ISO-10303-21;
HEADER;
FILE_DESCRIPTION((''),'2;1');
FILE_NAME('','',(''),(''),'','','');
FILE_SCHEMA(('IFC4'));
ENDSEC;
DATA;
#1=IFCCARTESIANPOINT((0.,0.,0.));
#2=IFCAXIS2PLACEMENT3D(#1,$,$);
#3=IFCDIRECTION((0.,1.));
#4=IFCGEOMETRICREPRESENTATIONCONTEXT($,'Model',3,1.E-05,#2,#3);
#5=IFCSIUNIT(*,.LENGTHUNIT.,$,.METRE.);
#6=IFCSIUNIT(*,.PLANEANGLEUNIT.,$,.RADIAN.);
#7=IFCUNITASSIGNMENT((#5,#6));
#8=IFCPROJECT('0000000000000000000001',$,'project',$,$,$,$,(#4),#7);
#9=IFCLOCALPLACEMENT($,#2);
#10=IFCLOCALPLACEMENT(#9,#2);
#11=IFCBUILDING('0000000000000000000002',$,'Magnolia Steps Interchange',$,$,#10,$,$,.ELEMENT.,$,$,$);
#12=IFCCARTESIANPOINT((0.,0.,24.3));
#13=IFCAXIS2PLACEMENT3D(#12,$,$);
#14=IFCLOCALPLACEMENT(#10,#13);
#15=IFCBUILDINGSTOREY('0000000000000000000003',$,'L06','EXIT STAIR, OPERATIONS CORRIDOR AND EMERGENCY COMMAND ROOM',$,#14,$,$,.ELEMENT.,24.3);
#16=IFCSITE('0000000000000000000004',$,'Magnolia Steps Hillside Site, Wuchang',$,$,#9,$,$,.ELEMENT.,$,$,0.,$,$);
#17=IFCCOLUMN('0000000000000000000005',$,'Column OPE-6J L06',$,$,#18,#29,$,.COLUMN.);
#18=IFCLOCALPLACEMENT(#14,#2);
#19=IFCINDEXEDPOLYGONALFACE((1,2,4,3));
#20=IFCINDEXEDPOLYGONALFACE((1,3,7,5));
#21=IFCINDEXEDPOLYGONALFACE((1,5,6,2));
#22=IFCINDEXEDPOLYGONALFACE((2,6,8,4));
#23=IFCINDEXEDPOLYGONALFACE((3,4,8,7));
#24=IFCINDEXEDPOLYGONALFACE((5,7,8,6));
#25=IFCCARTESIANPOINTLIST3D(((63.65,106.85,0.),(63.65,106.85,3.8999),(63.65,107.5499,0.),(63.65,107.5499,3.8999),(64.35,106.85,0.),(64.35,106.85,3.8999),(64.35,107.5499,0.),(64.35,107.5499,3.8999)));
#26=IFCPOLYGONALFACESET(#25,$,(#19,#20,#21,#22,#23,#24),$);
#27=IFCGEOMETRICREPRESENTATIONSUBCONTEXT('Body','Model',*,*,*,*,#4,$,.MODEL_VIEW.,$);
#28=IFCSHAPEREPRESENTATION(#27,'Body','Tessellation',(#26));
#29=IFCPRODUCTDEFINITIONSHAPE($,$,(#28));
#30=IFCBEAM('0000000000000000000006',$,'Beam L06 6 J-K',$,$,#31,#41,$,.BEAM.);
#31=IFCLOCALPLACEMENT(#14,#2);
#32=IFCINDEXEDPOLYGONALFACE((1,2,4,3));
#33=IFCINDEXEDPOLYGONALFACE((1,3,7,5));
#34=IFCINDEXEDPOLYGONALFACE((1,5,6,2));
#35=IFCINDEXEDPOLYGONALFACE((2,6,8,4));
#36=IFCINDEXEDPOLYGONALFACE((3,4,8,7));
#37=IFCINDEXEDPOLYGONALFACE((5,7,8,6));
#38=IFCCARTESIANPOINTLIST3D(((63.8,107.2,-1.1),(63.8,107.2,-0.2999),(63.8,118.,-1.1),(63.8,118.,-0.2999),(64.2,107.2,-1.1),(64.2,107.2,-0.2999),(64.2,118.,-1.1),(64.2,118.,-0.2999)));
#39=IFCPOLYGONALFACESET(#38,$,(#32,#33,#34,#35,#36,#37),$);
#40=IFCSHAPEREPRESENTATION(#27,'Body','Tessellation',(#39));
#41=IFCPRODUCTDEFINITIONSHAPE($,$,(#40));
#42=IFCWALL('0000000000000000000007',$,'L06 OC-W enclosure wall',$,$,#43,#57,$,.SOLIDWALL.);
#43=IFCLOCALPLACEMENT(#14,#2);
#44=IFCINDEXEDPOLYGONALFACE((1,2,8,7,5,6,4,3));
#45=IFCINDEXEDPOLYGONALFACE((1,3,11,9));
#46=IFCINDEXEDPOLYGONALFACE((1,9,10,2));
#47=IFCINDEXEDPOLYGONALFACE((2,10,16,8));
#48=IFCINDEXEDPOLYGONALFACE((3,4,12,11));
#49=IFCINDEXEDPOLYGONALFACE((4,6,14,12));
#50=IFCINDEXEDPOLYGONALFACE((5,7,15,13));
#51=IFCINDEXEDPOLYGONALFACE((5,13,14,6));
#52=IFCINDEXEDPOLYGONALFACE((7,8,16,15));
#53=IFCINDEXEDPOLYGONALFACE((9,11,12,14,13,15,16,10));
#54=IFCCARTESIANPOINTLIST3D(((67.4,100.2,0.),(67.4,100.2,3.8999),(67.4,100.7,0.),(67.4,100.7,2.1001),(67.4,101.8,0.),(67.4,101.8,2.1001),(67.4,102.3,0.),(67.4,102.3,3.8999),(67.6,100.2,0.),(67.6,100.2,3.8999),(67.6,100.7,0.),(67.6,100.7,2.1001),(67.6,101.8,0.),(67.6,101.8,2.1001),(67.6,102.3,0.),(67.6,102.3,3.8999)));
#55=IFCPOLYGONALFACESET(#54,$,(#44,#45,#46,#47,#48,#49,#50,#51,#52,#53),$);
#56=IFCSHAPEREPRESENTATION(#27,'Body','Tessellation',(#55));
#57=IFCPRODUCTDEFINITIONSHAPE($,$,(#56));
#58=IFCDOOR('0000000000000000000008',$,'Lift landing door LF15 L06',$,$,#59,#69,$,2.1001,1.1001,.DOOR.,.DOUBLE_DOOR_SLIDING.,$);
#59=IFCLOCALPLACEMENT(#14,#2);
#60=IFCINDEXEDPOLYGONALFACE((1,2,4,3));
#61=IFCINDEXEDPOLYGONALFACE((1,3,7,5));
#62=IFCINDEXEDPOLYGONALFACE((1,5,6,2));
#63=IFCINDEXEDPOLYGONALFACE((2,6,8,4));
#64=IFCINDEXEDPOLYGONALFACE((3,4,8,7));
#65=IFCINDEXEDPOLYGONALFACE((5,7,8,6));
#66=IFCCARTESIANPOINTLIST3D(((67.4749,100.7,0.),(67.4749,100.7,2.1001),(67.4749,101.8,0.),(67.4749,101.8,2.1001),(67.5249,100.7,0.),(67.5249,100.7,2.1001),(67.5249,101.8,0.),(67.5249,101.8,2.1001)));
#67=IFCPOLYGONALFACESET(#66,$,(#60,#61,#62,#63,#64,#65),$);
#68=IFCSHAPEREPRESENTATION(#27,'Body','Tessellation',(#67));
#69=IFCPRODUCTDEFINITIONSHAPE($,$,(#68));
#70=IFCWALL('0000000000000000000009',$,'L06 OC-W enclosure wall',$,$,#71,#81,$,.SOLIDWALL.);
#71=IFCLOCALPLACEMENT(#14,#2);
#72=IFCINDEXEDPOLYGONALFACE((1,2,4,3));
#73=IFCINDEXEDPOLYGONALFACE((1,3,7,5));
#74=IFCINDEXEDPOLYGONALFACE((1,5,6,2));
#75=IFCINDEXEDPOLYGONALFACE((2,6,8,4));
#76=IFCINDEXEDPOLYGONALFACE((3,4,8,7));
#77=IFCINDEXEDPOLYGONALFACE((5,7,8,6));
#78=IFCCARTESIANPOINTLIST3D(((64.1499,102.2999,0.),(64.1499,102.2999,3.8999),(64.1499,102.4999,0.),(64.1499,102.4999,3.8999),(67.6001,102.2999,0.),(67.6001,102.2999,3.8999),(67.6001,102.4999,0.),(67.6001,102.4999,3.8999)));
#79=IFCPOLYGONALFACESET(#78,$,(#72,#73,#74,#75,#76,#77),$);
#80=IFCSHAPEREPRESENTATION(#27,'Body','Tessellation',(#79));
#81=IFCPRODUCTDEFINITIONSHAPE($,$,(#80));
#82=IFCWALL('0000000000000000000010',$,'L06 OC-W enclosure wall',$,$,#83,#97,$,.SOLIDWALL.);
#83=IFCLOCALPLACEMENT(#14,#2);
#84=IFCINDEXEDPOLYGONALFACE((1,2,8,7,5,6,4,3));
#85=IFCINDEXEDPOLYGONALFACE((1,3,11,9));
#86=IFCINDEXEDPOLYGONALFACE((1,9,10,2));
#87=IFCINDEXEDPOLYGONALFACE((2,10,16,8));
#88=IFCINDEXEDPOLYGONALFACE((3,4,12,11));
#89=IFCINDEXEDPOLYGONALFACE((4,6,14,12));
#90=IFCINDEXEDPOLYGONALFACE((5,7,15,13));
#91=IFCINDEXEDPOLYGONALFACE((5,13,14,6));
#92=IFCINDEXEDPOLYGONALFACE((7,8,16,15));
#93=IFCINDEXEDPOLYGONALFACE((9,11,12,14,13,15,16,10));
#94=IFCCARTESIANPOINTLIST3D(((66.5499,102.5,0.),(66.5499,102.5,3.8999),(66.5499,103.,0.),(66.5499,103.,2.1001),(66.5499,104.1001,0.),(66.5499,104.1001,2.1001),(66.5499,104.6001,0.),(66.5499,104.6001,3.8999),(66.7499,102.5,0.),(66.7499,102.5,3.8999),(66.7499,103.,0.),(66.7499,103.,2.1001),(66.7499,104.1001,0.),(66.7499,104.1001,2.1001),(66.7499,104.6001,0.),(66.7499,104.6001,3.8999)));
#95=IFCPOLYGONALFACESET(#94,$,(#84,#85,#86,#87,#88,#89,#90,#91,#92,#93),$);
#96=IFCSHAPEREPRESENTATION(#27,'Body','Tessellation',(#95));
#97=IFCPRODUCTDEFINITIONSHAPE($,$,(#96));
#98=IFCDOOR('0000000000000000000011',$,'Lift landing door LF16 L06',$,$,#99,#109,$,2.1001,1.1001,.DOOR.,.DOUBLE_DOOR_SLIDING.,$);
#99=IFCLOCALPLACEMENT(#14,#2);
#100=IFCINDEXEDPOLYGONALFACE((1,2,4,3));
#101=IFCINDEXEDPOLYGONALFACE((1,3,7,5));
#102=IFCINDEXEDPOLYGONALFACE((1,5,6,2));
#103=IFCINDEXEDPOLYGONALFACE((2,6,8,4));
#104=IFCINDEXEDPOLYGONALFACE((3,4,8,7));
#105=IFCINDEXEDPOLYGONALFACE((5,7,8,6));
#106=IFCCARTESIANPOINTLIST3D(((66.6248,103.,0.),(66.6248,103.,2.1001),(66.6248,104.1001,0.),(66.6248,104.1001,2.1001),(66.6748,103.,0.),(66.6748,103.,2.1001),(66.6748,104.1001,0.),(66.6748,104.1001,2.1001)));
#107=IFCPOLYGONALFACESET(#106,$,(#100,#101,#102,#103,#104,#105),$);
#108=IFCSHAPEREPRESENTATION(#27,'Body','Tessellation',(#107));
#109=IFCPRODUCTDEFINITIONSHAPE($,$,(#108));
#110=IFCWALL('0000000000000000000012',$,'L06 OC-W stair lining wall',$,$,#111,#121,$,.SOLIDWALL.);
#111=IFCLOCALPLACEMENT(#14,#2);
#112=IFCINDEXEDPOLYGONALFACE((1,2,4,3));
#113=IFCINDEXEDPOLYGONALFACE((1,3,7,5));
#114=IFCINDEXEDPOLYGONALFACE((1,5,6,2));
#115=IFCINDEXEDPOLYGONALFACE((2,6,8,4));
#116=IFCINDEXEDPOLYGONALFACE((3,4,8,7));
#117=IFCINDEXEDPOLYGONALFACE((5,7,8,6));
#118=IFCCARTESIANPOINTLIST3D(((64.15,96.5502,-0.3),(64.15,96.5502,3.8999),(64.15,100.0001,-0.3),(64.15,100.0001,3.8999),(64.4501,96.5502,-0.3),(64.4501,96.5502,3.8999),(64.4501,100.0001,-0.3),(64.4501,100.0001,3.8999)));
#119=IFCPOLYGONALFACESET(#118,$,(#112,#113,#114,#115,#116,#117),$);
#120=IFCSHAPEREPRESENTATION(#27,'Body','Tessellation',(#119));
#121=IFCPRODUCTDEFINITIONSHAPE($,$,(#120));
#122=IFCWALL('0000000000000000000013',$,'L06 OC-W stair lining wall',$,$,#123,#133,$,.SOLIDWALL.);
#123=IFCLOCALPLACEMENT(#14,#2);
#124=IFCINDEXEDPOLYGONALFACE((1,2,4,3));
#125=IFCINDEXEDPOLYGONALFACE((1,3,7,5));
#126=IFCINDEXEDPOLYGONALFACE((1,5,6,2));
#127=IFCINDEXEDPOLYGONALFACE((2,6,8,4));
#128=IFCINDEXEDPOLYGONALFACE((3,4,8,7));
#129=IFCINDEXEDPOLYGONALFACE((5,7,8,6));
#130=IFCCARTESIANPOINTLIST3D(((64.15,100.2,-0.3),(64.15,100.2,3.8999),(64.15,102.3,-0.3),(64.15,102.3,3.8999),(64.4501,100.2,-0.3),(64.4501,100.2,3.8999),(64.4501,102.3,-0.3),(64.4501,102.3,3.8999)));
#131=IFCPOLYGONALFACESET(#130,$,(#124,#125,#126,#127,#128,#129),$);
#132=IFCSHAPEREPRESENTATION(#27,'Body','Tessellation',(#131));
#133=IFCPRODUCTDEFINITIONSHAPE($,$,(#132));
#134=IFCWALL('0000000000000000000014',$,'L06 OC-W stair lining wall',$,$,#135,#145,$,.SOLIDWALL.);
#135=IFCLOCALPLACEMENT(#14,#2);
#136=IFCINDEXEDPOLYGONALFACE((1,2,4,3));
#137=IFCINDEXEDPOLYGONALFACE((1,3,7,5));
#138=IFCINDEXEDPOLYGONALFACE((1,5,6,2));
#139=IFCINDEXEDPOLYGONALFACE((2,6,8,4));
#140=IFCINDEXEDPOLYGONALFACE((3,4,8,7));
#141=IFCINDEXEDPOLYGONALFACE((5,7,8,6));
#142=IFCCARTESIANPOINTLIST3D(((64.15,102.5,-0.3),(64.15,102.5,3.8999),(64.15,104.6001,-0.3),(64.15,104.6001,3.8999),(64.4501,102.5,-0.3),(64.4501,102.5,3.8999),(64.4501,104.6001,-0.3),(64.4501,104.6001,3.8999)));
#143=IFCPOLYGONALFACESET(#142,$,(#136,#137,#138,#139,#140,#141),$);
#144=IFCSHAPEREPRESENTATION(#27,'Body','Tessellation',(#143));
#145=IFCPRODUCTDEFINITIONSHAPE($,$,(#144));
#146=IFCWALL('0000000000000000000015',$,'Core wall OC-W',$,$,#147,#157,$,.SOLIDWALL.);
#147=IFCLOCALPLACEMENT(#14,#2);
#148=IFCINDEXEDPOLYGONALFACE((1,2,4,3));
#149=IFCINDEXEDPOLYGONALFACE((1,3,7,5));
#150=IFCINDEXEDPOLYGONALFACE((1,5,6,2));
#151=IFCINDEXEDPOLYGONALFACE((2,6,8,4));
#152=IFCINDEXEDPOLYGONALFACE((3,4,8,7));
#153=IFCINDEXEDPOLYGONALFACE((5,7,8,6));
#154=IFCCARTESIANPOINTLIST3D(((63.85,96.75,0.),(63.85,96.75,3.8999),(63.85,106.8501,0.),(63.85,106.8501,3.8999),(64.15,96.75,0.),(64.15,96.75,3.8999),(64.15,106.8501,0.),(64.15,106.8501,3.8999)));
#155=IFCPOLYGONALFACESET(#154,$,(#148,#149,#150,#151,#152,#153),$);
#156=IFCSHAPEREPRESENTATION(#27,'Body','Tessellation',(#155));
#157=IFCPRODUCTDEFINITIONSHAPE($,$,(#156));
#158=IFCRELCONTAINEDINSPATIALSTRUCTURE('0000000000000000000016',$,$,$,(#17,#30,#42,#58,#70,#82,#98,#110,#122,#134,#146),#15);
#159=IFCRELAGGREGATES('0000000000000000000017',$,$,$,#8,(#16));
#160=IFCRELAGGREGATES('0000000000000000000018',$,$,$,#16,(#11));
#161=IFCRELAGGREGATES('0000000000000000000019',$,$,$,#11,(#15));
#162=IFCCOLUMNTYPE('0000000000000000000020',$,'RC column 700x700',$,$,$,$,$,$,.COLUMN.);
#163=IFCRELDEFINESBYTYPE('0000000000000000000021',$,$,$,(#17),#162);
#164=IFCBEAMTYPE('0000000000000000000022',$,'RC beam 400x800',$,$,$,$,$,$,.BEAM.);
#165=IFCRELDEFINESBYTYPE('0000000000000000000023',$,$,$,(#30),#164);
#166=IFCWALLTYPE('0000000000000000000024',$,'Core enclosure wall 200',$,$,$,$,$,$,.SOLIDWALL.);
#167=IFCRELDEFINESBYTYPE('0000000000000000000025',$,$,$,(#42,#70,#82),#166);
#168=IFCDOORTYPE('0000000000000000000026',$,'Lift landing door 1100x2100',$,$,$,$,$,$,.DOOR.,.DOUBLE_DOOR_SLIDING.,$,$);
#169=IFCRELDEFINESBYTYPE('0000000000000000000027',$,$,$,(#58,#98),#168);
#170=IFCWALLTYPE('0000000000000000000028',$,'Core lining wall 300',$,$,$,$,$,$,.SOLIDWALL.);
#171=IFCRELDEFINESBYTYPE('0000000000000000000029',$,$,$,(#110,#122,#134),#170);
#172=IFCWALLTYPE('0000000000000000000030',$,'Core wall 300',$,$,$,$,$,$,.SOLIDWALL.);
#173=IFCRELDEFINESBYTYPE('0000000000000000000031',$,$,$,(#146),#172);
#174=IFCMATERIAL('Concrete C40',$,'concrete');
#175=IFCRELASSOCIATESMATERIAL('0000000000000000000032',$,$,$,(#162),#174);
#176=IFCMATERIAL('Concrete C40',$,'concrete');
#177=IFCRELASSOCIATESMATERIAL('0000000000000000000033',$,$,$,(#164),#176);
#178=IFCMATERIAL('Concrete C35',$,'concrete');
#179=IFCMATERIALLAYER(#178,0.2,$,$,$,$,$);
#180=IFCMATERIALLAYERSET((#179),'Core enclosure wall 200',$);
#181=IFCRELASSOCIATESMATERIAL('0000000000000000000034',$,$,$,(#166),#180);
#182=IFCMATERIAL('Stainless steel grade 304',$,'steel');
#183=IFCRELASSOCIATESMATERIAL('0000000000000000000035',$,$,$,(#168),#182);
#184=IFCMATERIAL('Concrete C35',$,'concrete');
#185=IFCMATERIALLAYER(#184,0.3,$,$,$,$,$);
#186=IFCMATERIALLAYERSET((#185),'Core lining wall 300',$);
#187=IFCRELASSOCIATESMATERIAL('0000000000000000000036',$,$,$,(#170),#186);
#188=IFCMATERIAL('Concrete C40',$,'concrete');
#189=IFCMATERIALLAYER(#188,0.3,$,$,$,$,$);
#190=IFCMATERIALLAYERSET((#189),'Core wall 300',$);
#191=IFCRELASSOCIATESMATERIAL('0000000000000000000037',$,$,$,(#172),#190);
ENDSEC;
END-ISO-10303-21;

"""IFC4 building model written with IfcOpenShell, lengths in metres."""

from ifc_helpers import new_model, si_unit, direction, frame, frame_2d, origin, origin_2d, place, context, subcontext, project, spatial, rectangle, extrude, material, layer, layer_set, material_profile, profile_set, type_object, element, fill, save


model = new_model("IFC4")

# Units and contexts
model_context = context("Model", 3, precision=1e-05, world=origin(), true_north=direction((0.0, 1.0)))
body_context = subcontext(model_context, "Body", "Model", "MODEL_VIEW")
ifc_project = project(units=[si_unit("LENGTHUNIT", "METRE"), si_unit("PLANEANGLEUNIT", "RADIAN")], contexts=[model_context])

# Site, building, storey
site_placement = place(None, origin())
site = spatial("IfcSite", under=ifc_project, at=site_placement, Name="Magnolia Steps Hillside Site, Wuchang", CompositionType="ELEMENT", RefElevation=0.0)
building_placement = place(site_placement, origin())
building = spatial("IfcBuilding", under=site, at=building_placement, Name="Magnolia Steps Interchange", CompositionType="ELEMENT")
storey_placement = place(building_placement, frame((0.0, 0.0, 24.3)))
storey = spatial("IfcBuildingStorey", under=building, at=storey_placement, Name="L06", Description="EXIT STAIR, OPERATIONS CORRIDOR AND EMERGENCY COMMAND ROOM", CompositionType="ELEMENT", Elevation=24.3)

# Column
ifc_material_1 = material(Name="Concrete C40", Category="concrete")
ifc_material_profile_1 = material_profile(ifc_material_1, rectangle(XDim=0.7, YDim=0.7, at=origin_2d()), Name="RC700x700")
ifc_profile_set_1 = profile_set([ifc_material_profile_1], Name="Concrete C40")
column_type = type_object("IfcColumnType", Name="RC column 700x700", PredefinedType="COLUMN", material=ifc_profile_set_1)
column_placement = place(storey_placement, frame((64.0, 107.2, 0.0), z_axis=(0.0, 0.0, 1.0), x_axis=(1.0, 0.0, 0.0)))
element("IfcColumn", 1, at=column_placement, inside=storey, type_object=column_type, Name="Column OPE-6J L06", PredefinedType="COLUMN", context=body_context, shape_type="SweptSolid", body=[
    extrude(rectangle(XDim=0.7, YDim=0.7, at=origin_2d()), origin(), (0.0, 0.0, 1.0), 3.8999),
])

# Beam
ifc_material_2 = material(Name="Concrete C40", Category="concrete")
ifc_material_profile_2 = material_profile(ifc_material_2, rectangle(XDim=0.3999, YDim=0.8, at=origin_2d()), Name="RC400x800")
ifc_profile_set_2 = profile_set([ifc_material_profile_2], Name="Concrete C40")
beam_type = type_object("IfcBeamType", Name="RC beam 400x800", PredefinedType="BEAM", material=ifc_profile_set_2)
beam_placement = place(storey_placement, frame((64.0, 107.2, -0.7), z_axis=(0.0, 1.0, 0.0), x_axis=(-1.0, 0.0, 0.0)))
element("IfcBeam", 2, at=beam_placement, inside=storey, type_object=beam_type, Name="Beam L06 6 J-K", PredefinedType="BEAM", context=body_context, shape_type="SweptSolid", body=[
    extrude(rectangle(XDim=0.3999, YDim=0.8, at=origin_2d()), origin(), (0.0, 0.0, 1.0), 10.8),
])

# Wall, opening, door
ifc_material_3 = material(Name="Concrete C35", Category="concrete")
ifc_layer_1 = layer(ifc_material_3, 0.2)
ifc_layer_set_1 = layer_set([ifc_layer_1], Name="Core enclosure wall 200")
wall_type_1 = type_object("IfcWallType", Name="Core enclosure wall 200", PredefinedType="SOLIDWALL", material=ifc_layer_set_1)
wall_1_placement = place(storey_placement, frame((67.5, 100.2, 0.0), z_axis=(0.0, 0.0, 1.0), x_axis=(0.0, 1.0, 0.0)))
wall_1 = element("IfcWall", 3, at=wall_1_placement, inside=storey, type_object=wall_type_1, Name="L06 OC-W enclosure wall", PredefinedType="SOLIDWALL", context=body_context, shape_type="SweptSolid", body=[
    extrude(rectangle(XDim=2.1001, YDim=0.2, at=frame_2d((1.05, 0.0))), origin(), (0.0, 0.0, 1.0), 3.8999),
])
opening_1_placement = place(wall_1_placement, frame((0.5, 0.0, 0.0)))
opening_1 = element("IfcOpeningElement", 4, at=opening_1_placement, cuts=wall_1, PredefinedType="OPENING", context=body_context, shape_type="SweptSolid", body=[
    extrude(rectangle(XDim=1.1001, YDim=2.1001, at=frame_2d((0.55, 1.05))), frame((0.0, 0.1099, 0.0), z_axis=(0.0, -1.0, 0.0), x_axis=(1.0, 0.0, 0.0)), (0.0, 0.0, 1.0), 0.22),
])
ifc_material_4 = material(Name="Stainless steel grade 304", Category="steel")
door_type = type_object("IfcDoorType", Name="Lift landing door 1100x2100", OperationType="DOUBLE_DOOR_SLIDING", PredefinedType="DOOR", material=ifc_material_4)
door_1_placement = place(opening_1_placement, frame((1.1001, 0.0, 0.0), z_axis=(0.0, 0.0, 1.0), x_axis=(-1.0, 0.0, 0.0)))
door_1 = element("IfcDoor", 5, at=door_1_placement, inside=storey, type_object=door_type, Name="Lift landing door LF15 L06", OperationType="DOUBLE_DOOR_SLIDING", OverallHeight=2.1001, OverallWidth=1.1001, PredefinedType="DOOR", context=body_context, shape_type="SweptSolid", body=[
    extrude(rectangle(XDim=1.1001, YDim=2.1001, at=frame_2d((0.55, 1.05))), frame((0.0, 0.0249, 0.0), z_axis=(0.0, -1.0, 0.0), x_axis=(1.0, 0.0, 0.0)), (0.0, 0.0, 1.0), 0.05),
])
fill(opening_1, door_1)

# Wall
wall_2_placement = place(storey_placement, frame((67.6001, 102.3999, 0.0), z_axis=(0.0, 0.0, 1.0), x_axis=(-1.0, 0.0, 0.0)))
element("IfcWall", 6, at=wall_2_placement, inside=storey, type_object=wall_type_1, Name="L06 OC-W enclosure wall", PredefinedType="SOLIDWALL", context=body_context, shape_type="SweptSolid", body=[
    extrude(rectangle(XDim=3.4502, YDim=0.2, at=frame_2d((1.7251, 0.0))), origin(), (0.0, 0.0, 1.0), 3.8999),
])

# Wall, opening, door
wall_3_placement = place(storey_placement, frame((66.6499, 102.5, 0.0), z_axis=(0.0, 0.0, 1.0), x_axis=(0.0, 1.0, 0.0)))
wall_3 = element("IfcWall", 7, at=wall_3_placement, inside=storey, type_object=wall_type_1, Name="L06 OC-W enclosure wall", PredefinedType="SOLIDWALL", context=body_context, shape_type="SweptSolid", body=[
    extrude(rectangle(XDim=2.1001, YDim=0.2, at=frame_2d((1.05, 0.0))), origin(), (0.0, 0.0, 1.0), 3.8999),
])
opening_2_placement = place(wall_3_placement, frame((0.5, 0.0, 0.0)))
opening_2 = element("IfcOpeningElement", 8, at=opening_2_placement, cuts=wall_3, PredefinedType="OPENING", context=body_context, shape_type="SweptSolid", body=[
    extrude(rectangle(XDim=1.1001, YDim=2.1001, at=frame_2d((0.55, 1.05))), frame((0.0, 0.1099, 0.0), z_axis=(0.0, -1.0, 0.0), x_axis=(1.0, 0.0, 0.0)), (0.0, 0.0, 1.0), 0.22),
])
door_2_placement = place(opening_2_placement, frame((1.1001, 0.0, 0.0), z_axis=(0.0, 0.0, 1.0), x_axis=(-1.0, 0.0, 0.0)))
door_2 = element("IfcDoor", 9, at=door_2_placement, inside=storey, type_object=door_type, Name="Lift landing door LF16 L06", OperationType="DOUBLE_DOOR_SLIDING", OverallHeight=2.1001, OverallWidth=1.1001, PredefinedType="DOOR", context=body_context, shape_type="SweptSolid", body=[
    extrude(rectangle(XDim=1.1001, YDim=2.1001, at=frame_2d((0.55, 1.05))), frame((0.0, 0.0249, 0.0), z_axis=(0.0, -1.0, 0.0), x_axis=(1.0, 0.0, 0.0)), (0.0, 0.0, 1.0), 0.05),
])
fill(opening_2, door_2)

# Walls
ifc_material_5 = material(Name="Concrete C35", Category="concrete")
ifc_layer_2 = layer(ifc_material_5, 0.3)
ifc_layer_set_2 = layer_set([ifc_layer_2], Name="Core lining wall 300")
wall_type_2 = type_object("IfcWallType", Name="Core lining wall 300", PredefinedType="SOLIDWALL", material=ifc_layer_set_2)
wall_4_placement = place(storey_placement, frame((64.3, 96.55, -0.3), z_axis=(0.0, 0.0, 1.0), x_axis=(0.0, 1.0, 0.0)))
element("IfcWall", 10, at=wall_4_placement, inside=storey, type_object=wall_type_2, Name="L06 OC-W stair lining wall", PredefinedType="SOLIDWALL", context=body_context, shape_type="SweptSolid", body=[
    extrude(rectangle(XDim=3.45, YDim=0.3, at=frame_2d((1.7251, 0.0))), origin(), (0.0, 0.0, 1.0), 4.2),
])
for number, where, z_axis, x_axis, name in (
    (11, (64.3, 100.2, -0.3), (0.0, 0.0, 1.0), (0.0, 1.0, 0.0), "L06 OC-W stair lining wall"),
    (12, (64.3, 102.5, -0.3), (0.0, 0.0, 1.0), (0.0, 1.0, 0.0), "L06 OC-W stair lining wall"),
):
    element("IfcWall", number, at=place(storey_placement, frame(where, z_axis=z_axis, x_axis=x_axis)), inside=storey, type_object=wall_type_2, Name=name, PredefinedType="SOLIDWALL", context=body_context, shape_type="SweptSolid", body=[
        extrude(rectangle(XDim=2.1001, YDim=0.3, at=frame_2d((1.05, 0.0))), origin(), (0.0, 0.0, 1.0), 4.2),
    ])
ifc_material_6 = material(Name="Concrete C40", Category="concrete")
ifc_layer_3 = layer(ifc_material_6, 0.3)
ifc_layer_set_3 = layer_set([ifc_layer_3], Name="Core wall 300")
wall_type_3 = type_object("IfcWallType", Name="Core wall 300", PredefinedType="SOLIDWALL", material=ifc_layer_set_3)
wall_5_placement = place(storey_placement, frame((64.0, 106.8501, 0.0), z_axis=(0.0, 0.0, 1.0), x_axis=(0.0, -1.0, 0.0)))
element("IfcWall", 13, at=wall_5_placement, inside=storey, type_object=wall_type_3, Name="Core wall OC-W", PredefinedType="SOLIDWALL", context=body_context, shape_type="SweptSolid", body=[
    extrude(rectangle(XDim=10.1001, YDim=0.3, at=frame_2d((5.05, 0.0))), origin(), (0.0, 0.0, 1.0), 3.8999),
])

save(model, "model.ifc")
